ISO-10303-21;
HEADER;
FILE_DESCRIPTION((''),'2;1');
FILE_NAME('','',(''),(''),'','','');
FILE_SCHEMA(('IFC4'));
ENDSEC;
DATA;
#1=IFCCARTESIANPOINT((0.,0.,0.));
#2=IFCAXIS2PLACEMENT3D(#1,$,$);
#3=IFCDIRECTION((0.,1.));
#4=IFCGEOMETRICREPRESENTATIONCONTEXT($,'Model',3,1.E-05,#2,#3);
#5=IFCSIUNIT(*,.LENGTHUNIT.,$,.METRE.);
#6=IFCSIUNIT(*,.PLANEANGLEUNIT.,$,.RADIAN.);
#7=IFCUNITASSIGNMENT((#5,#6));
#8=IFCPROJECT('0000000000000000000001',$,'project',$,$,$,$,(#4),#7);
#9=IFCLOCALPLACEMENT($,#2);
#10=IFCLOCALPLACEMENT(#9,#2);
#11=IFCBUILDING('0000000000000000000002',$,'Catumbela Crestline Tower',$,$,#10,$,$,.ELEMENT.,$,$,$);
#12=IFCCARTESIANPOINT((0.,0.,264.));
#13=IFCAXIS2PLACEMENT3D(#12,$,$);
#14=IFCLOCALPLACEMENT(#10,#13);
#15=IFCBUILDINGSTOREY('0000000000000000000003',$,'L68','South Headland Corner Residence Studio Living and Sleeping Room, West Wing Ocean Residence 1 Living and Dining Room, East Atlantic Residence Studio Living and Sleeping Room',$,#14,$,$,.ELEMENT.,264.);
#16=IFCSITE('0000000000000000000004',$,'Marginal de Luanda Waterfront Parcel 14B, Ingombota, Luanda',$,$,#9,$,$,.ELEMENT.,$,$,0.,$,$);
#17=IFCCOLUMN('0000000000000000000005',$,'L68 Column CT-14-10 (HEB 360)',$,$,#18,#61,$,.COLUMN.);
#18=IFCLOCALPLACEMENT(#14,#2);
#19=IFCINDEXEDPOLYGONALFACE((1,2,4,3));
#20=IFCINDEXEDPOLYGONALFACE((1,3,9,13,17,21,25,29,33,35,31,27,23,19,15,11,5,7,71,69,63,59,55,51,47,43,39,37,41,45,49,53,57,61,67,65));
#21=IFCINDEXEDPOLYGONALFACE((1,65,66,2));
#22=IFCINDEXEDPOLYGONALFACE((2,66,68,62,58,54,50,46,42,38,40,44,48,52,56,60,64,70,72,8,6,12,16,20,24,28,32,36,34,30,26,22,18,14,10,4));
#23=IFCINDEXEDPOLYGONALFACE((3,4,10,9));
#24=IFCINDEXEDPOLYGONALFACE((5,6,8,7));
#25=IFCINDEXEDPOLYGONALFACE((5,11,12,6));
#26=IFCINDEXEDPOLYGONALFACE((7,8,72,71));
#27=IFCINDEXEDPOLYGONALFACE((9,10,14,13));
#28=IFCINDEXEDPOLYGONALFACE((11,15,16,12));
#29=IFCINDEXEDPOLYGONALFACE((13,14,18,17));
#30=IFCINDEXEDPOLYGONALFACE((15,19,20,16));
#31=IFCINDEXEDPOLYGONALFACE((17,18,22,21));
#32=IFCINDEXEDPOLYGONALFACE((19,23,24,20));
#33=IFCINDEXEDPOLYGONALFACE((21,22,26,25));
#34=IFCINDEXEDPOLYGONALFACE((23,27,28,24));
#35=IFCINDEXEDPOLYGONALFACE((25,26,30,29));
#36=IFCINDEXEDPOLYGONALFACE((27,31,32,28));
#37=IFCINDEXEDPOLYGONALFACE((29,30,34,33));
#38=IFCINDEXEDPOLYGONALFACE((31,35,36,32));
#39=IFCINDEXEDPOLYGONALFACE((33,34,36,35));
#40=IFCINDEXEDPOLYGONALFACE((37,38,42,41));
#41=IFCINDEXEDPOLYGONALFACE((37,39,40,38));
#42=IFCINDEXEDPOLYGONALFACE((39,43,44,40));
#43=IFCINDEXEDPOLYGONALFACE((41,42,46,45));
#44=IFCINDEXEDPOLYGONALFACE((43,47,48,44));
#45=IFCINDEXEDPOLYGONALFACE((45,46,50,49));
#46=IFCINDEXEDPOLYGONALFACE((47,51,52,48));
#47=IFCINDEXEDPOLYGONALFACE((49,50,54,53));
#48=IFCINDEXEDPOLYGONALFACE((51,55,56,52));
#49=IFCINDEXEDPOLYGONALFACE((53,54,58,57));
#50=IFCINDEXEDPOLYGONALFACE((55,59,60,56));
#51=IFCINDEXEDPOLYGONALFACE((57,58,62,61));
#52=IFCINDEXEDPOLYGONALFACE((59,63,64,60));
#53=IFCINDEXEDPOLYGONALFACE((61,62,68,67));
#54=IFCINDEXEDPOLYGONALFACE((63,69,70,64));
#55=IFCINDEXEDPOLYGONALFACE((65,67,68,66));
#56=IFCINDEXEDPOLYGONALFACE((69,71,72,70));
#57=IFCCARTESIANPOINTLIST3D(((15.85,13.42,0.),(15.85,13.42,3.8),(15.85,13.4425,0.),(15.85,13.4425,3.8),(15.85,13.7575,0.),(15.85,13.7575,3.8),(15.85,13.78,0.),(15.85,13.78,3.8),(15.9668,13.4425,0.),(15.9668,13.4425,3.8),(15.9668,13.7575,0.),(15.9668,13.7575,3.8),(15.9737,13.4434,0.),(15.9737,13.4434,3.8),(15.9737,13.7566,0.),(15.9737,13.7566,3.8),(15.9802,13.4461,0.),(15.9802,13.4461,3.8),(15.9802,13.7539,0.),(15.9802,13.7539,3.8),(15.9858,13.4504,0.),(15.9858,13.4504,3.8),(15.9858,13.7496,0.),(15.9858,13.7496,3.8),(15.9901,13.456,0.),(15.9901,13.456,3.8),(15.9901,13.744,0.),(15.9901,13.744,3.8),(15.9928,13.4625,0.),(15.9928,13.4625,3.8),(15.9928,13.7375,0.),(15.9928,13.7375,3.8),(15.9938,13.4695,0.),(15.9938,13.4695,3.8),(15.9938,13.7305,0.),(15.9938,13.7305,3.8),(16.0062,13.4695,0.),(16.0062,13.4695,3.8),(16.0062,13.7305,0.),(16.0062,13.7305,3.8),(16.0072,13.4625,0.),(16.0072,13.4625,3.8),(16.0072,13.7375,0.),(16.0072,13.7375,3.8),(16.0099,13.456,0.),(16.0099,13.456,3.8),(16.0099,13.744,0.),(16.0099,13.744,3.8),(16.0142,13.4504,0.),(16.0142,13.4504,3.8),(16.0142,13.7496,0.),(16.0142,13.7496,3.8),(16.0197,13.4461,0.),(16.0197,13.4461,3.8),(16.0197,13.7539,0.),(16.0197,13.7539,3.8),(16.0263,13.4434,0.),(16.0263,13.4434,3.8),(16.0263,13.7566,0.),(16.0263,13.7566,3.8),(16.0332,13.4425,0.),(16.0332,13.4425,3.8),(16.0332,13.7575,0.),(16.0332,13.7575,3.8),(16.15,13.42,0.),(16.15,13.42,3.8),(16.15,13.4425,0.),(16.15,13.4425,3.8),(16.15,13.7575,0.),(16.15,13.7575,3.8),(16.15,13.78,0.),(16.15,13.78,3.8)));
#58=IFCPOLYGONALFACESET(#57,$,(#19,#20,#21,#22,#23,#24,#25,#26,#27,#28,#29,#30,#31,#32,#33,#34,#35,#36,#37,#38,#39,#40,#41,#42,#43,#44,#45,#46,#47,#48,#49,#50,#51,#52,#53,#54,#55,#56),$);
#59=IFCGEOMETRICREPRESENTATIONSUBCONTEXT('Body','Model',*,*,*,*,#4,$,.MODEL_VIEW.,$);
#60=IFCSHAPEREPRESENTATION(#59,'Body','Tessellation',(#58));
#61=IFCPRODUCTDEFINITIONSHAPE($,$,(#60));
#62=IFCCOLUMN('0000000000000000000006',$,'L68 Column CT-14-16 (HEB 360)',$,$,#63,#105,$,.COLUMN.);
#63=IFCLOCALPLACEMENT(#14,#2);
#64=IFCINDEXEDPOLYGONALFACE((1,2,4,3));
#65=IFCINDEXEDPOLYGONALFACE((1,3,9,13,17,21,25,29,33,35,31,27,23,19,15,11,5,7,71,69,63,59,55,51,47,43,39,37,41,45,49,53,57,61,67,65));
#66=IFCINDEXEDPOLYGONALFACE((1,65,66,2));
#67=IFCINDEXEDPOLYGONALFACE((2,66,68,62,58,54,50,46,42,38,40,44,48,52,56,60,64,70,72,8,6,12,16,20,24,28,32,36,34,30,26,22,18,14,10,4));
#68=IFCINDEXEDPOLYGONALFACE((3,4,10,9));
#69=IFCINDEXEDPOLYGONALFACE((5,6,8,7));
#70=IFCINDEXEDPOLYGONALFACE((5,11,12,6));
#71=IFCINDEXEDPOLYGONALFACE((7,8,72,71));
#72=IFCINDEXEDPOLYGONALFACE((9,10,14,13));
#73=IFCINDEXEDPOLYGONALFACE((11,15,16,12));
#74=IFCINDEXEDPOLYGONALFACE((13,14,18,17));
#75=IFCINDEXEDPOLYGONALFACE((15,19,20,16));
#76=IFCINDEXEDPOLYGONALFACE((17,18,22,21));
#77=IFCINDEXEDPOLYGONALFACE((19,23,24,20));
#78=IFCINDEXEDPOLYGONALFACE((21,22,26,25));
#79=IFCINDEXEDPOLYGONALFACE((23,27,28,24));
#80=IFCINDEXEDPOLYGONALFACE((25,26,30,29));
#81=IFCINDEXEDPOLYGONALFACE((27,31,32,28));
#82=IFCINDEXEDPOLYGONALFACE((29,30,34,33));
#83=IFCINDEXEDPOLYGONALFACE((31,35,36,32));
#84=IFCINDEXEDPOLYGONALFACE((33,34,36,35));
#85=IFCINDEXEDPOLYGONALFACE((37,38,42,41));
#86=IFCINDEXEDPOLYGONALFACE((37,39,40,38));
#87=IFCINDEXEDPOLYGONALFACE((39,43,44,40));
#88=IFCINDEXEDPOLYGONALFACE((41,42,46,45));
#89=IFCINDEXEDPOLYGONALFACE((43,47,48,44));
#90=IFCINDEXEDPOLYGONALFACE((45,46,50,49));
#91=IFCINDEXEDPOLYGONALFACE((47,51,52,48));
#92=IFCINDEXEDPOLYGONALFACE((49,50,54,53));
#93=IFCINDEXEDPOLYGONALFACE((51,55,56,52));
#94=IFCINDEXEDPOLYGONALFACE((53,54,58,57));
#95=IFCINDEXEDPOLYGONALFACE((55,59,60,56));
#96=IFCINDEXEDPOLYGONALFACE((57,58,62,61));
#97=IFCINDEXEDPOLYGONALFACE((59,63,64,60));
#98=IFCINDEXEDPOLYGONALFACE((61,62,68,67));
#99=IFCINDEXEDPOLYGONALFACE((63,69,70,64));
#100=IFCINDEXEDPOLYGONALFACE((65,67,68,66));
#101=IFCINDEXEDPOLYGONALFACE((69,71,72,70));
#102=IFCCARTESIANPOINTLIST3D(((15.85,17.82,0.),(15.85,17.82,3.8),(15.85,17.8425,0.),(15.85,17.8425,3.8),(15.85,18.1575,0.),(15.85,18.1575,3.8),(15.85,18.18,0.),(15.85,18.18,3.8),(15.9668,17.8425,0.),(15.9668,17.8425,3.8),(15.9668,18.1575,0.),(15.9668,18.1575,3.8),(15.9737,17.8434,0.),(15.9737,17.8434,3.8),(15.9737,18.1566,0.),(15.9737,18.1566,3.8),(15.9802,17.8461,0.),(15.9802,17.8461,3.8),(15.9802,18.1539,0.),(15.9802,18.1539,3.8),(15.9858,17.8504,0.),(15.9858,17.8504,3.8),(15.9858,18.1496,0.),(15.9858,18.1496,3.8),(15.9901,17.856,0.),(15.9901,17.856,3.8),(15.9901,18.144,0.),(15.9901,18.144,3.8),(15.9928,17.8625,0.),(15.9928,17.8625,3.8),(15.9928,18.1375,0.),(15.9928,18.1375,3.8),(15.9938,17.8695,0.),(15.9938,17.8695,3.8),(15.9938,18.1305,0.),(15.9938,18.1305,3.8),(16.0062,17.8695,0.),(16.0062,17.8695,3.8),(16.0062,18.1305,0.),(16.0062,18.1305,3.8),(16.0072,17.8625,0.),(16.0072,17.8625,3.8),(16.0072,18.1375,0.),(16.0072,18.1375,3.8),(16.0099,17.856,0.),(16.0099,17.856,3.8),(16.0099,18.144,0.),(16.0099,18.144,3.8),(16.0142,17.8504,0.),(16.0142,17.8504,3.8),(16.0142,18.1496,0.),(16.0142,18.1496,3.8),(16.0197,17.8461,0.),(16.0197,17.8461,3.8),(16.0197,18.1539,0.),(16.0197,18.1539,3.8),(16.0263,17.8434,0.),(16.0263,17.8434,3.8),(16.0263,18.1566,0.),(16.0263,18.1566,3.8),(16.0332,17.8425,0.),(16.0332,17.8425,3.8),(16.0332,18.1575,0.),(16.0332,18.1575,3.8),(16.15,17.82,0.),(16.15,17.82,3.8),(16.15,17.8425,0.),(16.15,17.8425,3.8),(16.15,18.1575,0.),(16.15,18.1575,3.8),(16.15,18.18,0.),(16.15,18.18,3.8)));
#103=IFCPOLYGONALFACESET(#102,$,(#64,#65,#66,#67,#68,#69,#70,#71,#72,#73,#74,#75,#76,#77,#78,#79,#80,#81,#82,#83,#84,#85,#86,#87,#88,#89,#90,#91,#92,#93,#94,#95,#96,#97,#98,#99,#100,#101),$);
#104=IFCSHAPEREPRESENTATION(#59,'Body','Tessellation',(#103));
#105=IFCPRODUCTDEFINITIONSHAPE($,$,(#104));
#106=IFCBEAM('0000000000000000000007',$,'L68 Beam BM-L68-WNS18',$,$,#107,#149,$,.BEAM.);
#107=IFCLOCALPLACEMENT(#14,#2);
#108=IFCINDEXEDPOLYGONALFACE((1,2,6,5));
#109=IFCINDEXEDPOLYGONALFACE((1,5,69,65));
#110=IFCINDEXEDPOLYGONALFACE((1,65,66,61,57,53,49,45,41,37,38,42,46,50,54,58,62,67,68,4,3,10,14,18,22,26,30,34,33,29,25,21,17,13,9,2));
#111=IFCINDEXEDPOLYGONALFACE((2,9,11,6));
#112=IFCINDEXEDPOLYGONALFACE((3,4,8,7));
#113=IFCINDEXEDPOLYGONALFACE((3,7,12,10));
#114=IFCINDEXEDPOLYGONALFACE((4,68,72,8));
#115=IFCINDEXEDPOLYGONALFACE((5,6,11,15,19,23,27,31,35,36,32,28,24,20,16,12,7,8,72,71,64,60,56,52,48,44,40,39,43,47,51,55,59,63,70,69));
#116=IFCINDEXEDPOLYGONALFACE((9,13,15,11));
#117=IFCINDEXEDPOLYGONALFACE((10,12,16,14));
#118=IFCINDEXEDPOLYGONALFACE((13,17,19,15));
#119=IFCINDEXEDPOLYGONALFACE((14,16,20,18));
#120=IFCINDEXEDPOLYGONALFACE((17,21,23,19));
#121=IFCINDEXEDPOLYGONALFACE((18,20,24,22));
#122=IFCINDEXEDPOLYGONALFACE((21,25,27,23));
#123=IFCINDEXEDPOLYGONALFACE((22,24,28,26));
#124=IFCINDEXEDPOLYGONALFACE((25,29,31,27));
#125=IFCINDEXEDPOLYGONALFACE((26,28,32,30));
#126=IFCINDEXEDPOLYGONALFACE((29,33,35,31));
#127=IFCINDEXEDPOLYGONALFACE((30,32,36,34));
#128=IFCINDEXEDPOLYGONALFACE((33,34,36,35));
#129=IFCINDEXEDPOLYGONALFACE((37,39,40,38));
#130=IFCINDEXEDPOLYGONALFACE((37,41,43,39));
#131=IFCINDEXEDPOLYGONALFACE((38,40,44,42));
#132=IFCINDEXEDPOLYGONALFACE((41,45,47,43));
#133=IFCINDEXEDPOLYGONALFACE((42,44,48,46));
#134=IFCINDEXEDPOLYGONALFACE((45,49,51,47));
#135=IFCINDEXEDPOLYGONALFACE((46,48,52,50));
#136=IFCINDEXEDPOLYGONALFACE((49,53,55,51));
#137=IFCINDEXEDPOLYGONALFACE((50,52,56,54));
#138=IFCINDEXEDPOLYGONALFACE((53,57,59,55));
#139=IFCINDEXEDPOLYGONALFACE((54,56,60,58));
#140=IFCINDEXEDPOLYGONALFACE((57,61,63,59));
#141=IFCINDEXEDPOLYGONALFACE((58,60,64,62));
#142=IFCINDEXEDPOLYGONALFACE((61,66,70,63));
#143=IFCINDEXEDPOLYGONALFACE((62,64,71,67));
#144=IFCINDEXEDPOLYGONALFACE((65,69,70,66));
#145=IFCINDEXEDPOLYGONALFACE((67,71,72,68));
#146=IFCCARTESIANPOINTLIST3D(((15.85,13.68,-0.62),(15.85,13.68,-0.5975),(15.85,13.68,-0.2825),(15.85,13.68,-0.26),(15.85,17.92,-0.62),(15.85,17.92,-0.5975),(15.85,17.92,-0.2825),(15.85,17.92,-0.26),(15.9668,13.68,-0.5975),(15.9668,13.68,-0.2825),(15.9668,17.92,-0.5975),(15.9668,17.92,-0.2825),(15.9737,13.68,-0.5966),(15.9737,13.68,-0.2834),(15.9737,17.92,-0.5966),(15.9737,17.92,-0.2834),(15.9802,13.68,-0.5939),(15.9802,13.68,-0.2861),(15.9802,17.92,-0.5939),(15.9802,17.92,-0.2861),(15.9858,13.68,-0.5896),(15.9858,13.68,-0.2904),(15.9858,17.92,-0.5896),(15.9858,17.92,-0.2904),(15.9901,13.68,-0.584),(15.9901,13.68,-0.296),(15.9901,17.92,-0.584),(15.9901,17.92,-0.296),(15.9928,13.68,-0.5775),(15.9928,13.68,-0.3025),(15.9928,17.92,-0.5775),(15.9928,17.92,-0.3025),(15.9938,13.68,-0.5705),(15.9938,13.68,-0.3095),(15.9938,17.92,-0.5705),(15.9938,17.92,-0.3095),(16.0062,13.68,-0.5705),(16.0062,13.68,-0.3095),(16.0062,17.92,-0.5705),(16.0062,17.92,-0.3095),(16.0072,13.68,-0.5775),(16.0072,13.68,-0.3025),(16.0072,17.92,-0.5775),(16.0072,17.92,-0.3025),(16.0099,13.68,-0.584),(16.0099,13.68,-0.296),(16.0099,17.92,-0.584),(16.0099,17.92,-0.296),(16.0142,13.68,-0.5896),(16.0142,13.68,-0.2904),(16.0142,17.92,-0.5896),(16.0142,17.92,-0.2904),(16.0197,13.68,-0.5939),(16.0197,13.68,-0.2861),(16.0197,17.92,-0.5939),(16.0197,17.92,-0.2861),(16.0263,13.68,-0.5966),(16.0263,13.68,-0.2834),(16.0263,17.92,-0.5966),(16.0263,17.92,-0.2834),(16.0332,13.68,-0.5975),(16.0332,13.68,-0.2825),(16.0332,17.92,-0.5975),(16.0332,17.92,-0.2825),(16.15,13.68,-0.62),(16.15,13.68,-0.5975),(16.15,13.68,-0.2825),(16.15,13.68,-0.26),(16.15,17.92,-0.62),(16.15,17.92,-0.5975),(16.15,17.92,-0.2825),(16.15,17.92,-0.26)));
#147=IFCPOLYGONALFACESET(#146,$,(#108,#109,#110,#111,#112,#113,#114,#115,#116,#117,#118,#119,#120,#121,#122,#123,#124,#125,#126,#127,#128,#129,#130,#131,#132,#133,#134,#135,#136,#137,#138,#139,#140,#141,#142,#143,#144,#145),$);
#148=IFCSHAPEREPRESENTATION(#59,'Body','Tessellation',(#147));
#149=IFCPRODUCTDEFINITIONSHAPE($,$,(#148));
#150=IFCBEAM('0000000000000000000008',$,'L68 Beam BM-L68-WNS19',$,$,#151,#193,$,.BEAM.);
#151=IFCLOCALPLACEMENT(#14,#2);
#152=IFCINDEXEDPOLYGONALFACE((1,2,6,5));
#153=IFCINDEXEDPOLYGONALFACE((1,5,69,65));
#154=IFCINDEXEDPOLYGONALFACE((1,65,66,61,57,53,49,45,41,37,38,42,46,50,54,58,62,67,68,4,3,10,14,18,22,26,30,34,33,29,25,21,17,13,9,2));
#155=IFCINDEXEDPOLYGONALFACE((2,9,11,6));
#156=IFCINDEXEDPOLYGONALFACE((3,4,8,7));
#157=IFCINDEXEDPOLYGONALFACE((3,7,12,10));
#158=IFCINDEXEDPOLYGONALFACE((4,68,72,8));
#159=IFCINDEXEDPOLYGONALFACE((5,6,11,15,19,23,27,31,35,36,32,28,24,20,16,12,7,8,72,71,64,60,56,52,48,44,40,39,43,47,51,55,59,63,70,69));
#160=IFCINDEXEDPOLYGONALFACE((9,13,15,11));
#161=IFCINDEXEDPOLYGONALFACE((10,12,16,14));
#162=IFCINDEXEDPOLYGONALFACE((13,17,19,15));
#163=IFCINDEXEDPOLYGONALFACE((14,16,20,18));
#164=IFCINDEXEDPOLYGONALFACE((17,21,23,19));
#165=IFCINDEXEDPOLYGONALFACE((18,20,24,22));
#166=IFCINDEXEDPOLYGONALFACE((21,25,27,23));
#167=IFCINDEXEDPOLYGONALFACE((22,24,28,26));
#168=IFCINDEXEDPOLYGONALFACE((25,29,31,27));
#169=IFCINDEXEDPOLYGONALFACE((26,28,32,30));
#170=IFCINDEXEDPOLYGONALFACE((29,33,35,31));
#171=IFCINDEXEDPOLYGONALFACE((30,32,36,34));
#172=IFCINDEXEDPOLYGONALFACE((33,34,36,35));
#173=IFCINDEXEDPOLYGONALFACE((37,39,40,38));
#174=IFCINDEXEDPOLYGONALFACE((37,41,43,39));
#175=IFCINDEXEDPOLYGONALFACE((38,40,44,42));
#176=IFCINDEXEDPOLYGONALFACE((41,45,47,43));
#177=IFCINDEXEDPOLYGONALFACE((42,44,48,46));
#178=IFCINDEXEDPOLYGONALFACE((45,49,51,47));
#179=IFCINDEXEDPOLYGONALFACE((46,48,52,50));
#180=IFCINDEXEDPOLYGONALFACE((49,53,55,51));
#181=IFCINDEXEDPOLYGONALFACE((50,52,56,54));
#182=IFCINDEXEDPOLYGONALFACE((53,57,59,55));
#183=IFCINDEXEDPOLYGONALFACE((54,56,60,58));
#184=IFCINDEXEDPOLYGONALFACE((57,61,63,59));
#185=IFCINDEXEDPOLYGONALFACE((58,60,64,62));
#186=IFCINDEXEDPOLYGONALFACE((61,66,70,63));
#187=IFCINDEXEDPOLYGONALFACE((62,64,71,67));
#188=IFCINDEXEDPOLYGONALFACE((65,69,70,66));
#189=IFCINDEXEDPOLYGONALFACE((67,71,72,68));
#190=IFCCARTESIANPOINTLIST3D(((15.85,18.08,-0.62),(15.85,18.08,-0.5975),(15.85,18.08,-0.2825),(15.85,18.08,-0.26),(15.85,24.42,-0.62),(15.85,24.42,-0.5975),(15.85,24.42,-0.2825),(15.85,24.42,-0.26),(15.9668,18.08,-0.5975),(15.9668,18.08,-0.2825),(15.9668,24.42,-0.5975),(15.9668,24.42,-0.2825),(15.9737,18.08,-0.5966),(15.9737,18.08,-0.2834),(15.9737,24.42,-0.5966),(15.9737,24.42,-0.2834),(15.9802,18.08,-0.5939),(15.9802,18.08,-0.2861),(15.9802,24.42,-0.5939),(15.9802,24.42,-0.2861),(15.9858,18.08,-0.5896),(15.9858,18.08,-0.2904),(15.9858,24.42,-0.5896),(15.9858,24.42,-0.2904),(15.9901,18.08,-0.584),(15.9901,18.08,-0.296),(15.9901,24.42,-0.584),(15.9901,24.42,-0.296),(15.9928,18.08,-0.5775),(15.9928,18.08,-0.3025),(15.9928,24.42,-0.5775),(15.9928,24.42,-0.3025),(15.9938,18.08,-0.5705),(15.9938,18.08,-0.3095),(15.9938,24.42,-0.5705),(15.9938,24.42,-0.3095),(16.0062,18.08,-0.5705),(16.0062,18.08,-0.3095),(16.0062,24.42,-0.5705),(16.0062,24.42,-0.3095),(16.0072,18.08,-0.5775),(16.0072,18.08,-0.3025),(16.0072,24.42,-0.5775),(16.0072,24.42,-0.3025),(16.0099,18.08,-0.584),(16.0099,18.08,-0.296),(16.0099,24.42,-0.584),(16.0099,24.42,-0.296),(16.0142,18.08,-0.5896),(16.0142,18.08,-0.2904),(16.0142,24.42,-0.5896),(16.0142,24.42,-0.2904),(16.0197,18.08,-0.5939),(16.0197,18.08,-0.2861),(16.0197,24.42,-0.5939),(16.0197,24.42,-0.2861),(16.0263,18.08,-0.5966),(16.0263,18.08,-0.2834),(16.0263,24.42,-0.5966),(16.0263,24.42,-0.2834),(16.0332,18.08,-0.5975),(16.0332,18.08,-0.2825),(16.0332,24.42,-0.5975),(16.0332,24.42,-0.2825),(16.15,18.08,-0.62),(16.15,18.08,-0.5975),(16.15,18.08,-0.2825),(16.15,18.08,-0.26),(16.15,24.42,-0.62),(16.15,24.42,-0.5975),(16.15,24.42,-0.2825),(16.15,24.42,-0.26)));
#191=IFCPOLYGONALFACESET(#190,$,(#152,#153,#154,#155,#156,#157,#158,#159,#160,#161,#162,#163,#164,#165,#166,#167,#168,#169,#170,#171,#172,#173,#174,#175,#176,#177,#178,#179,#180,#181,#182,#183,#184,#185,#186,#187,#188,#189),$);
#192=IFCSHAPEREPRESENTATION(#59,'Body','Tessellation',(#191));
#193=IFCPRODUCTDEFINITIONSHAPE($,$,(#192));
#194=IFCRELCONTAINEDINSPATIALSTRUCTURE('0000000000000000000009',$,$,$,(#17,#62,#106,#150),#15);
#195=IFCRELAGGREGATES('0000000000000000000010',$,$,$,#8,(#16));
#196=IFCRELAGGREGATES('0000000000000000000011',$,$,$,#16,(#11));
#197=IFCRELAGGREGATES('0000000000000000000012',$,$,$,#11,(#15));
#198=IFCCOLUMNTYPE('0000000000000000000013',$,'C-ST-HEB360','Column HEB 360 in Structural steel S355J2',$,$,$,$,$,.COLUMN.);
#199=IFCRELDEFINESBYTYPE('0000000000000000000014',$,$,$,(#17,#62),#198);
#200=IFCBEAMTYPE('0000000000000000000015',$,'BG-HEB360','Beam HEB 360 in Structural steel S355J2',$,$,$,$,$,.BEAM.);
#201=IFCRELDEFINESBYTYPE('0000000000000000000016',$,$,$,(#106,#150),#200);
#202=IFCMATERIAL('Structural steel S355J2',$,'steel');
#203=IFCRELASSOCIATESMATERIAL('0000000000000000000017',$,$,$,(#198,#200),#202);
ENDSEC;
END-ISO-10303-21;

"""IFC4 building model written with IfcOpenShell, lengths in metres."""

from ifc_helpers import new_model, si_unit, direction, frame, origin, origin_2d, place, context, subcontext, project, spatial, i_section, extrude, material, material_profile, profile_set, type_object, element, save


model = new_model("IFC4")

# Units and contexts
model_context = context("Model", 3, precision=1e-05, world=origin(), true_north=direction((0.0, 1.0)))
body_context = subcontext(model_context, "Body", "Model", "MODEL_VIEW")
ifc_project = project(units=[si_unit("LENGTHUNIT", "METRE"), si_unit("PLANEANGLEUNIT", "RADIAN")], contexts=[model_context])

# Site, building, storey
site_placement = place(None, origin())
site = spatial("IfcSite", under=ifc_project, at=site_placement, Name="Marginal de Luanda Waterfront Parcel 14B, Ingombota, Luanda", CompositionType="ELEMENT", RefElevation=0.0)
building_placement = place(site_placement, origin())
building = spatial("IfcBuilding", under=site, at=building_placement, Name="Catumbela Crestline Tower", CompositionType="ELEMENT")
storey_placement = place(building_placement, frame((0.0, 0.0, 264.0)))
storey = spatial("IfcBuildingStorey", under=building, at=storey_placement, Name="L68", Description="South Headland Corner Residence Studio Living and Sleeping Room, West Wing Ocean Residence 1 Living and Dining Room, East Atlantic Residence Studio Living and Sleeping Room", CompositionType="ELEMENT", Elevation=264.0)

# Columns
ifc_material_1 = material(Name="Structural steel S355J2", Category="steel")
ifc_material_profile_1 = material_profile(ifc_material_1, i_section(OverallWidth=0.3, OverallDepth=0.36, WebThickness=0.0125, FlangeThickness=0.0225, FilletRadius=0.027, at=origin_2d()), Name="HEB 360")
ifc_profile_set_1 = profile_set([ifc_material_profile_1], Name="Structural steel S355J2")
column_type = type_object("IfcColumnType", Name="C-ST-HEB360", Description="Column HEB 360 in Structural steel S355J2", PredefinedType="COLUMN", material=ifc_profile_set_1)
for number, where, z_axis, x_axis, name in (
    (1, (16.0, 13.6, 0.0), (0.0, 0.0, 1.0), (1.0, 0.0, 0.0), "L68 Column CT-14-10 (HEB 360)"),
    (2, (16.0, 18.0, 0.0), (0.0, 0.0, 1.0), (1.0, 0.0, 0.0), "L68 Column CT-14-16 (HEB 360)"),
):
    element("IfcColumn", number, at=place(storey_placement, frame(where, z_axis=z_axis, x_axis=x_axis)), inside=storey, type_object=column_type, Name=name, PredefinedType="COLUMN", context=body_context, shape_type="SweptSolid", body=[
        extrude(i_section(OverallWidth=0.3, OverallDepth=0.36, WebThickness=0.0125, FlangeThickness=0.0225, FilletRadius=0.027, at=origin_2d()), origin(), (0.0, 0.0, 1.0), 3.8),
    ])

# Beams
ifc_material_profile_2 = material_profile(ifc_material_1, i_section(OverallWidth=0.3, OverallDepth=0.36, WebThickness=0.0125, FlangeThickness=0.0225, FilletRadius=0.027, at=origin_2d()), Name="HEB 360")
ifc_profile_set_2 = profile_set([ifc_material_profile_2], Name="Structural steel S355J2")
beam_type = type_object("IfcBeamType", Name="BG-HEB360", Description="Beam HEB 360 in Structural steel S355J2", PredefinedType="BEAM", material=ifc_profile_set_2)
beam_1_placement = place(storey_placement, frame((16.0, 13.68, -0.44), z_axis=(0.0, 1.0, 0.0), x_axis=(-1.0, 0.0, 0.0)))
element("IfcBeam", 3, at=beam_1_placement, inside=storey, type_object=beam_type, Name="L68 Beam BM-L68-WNS18", PredefinedType="BEAM", context=body_context, shape_type="SweptSolid", body=[
    extrude(i_section(OverallWidth=0.3, OverallDepth=0.36, WebThickness=0.0125, FlangeThickness=0.0225, FilletRadius=0.027, at=origin_2d()), origin(), (0.0, 0.0, 1.0), 4.24),
])
beam_2_placement = place(storey_placement, frame((16.0, 18.08, -0.44), z_axis=(0.0, 1.0, 0.0), x_axis=(-1.0, 0.0, 0.0)))
element("IfcBeam", 4, at=beam_2_placement, inside=storey, type_object=beam_type, Name="L68 Beam BM-L68-WNS19", PredefinedType="BEAM", context=body_context, shape_type="SweptSolid", body=[
    extrude(i_section(OverallWidth=0.3, OverallDepth=0.36, WebThickness=0.0125, FlangeThickness=0.0225, FilletRadius=0.027, at=origin_2d()), origin(), (0.0, 0.0, 1.0), 6.34),
])

save(model, "model.ifc")
